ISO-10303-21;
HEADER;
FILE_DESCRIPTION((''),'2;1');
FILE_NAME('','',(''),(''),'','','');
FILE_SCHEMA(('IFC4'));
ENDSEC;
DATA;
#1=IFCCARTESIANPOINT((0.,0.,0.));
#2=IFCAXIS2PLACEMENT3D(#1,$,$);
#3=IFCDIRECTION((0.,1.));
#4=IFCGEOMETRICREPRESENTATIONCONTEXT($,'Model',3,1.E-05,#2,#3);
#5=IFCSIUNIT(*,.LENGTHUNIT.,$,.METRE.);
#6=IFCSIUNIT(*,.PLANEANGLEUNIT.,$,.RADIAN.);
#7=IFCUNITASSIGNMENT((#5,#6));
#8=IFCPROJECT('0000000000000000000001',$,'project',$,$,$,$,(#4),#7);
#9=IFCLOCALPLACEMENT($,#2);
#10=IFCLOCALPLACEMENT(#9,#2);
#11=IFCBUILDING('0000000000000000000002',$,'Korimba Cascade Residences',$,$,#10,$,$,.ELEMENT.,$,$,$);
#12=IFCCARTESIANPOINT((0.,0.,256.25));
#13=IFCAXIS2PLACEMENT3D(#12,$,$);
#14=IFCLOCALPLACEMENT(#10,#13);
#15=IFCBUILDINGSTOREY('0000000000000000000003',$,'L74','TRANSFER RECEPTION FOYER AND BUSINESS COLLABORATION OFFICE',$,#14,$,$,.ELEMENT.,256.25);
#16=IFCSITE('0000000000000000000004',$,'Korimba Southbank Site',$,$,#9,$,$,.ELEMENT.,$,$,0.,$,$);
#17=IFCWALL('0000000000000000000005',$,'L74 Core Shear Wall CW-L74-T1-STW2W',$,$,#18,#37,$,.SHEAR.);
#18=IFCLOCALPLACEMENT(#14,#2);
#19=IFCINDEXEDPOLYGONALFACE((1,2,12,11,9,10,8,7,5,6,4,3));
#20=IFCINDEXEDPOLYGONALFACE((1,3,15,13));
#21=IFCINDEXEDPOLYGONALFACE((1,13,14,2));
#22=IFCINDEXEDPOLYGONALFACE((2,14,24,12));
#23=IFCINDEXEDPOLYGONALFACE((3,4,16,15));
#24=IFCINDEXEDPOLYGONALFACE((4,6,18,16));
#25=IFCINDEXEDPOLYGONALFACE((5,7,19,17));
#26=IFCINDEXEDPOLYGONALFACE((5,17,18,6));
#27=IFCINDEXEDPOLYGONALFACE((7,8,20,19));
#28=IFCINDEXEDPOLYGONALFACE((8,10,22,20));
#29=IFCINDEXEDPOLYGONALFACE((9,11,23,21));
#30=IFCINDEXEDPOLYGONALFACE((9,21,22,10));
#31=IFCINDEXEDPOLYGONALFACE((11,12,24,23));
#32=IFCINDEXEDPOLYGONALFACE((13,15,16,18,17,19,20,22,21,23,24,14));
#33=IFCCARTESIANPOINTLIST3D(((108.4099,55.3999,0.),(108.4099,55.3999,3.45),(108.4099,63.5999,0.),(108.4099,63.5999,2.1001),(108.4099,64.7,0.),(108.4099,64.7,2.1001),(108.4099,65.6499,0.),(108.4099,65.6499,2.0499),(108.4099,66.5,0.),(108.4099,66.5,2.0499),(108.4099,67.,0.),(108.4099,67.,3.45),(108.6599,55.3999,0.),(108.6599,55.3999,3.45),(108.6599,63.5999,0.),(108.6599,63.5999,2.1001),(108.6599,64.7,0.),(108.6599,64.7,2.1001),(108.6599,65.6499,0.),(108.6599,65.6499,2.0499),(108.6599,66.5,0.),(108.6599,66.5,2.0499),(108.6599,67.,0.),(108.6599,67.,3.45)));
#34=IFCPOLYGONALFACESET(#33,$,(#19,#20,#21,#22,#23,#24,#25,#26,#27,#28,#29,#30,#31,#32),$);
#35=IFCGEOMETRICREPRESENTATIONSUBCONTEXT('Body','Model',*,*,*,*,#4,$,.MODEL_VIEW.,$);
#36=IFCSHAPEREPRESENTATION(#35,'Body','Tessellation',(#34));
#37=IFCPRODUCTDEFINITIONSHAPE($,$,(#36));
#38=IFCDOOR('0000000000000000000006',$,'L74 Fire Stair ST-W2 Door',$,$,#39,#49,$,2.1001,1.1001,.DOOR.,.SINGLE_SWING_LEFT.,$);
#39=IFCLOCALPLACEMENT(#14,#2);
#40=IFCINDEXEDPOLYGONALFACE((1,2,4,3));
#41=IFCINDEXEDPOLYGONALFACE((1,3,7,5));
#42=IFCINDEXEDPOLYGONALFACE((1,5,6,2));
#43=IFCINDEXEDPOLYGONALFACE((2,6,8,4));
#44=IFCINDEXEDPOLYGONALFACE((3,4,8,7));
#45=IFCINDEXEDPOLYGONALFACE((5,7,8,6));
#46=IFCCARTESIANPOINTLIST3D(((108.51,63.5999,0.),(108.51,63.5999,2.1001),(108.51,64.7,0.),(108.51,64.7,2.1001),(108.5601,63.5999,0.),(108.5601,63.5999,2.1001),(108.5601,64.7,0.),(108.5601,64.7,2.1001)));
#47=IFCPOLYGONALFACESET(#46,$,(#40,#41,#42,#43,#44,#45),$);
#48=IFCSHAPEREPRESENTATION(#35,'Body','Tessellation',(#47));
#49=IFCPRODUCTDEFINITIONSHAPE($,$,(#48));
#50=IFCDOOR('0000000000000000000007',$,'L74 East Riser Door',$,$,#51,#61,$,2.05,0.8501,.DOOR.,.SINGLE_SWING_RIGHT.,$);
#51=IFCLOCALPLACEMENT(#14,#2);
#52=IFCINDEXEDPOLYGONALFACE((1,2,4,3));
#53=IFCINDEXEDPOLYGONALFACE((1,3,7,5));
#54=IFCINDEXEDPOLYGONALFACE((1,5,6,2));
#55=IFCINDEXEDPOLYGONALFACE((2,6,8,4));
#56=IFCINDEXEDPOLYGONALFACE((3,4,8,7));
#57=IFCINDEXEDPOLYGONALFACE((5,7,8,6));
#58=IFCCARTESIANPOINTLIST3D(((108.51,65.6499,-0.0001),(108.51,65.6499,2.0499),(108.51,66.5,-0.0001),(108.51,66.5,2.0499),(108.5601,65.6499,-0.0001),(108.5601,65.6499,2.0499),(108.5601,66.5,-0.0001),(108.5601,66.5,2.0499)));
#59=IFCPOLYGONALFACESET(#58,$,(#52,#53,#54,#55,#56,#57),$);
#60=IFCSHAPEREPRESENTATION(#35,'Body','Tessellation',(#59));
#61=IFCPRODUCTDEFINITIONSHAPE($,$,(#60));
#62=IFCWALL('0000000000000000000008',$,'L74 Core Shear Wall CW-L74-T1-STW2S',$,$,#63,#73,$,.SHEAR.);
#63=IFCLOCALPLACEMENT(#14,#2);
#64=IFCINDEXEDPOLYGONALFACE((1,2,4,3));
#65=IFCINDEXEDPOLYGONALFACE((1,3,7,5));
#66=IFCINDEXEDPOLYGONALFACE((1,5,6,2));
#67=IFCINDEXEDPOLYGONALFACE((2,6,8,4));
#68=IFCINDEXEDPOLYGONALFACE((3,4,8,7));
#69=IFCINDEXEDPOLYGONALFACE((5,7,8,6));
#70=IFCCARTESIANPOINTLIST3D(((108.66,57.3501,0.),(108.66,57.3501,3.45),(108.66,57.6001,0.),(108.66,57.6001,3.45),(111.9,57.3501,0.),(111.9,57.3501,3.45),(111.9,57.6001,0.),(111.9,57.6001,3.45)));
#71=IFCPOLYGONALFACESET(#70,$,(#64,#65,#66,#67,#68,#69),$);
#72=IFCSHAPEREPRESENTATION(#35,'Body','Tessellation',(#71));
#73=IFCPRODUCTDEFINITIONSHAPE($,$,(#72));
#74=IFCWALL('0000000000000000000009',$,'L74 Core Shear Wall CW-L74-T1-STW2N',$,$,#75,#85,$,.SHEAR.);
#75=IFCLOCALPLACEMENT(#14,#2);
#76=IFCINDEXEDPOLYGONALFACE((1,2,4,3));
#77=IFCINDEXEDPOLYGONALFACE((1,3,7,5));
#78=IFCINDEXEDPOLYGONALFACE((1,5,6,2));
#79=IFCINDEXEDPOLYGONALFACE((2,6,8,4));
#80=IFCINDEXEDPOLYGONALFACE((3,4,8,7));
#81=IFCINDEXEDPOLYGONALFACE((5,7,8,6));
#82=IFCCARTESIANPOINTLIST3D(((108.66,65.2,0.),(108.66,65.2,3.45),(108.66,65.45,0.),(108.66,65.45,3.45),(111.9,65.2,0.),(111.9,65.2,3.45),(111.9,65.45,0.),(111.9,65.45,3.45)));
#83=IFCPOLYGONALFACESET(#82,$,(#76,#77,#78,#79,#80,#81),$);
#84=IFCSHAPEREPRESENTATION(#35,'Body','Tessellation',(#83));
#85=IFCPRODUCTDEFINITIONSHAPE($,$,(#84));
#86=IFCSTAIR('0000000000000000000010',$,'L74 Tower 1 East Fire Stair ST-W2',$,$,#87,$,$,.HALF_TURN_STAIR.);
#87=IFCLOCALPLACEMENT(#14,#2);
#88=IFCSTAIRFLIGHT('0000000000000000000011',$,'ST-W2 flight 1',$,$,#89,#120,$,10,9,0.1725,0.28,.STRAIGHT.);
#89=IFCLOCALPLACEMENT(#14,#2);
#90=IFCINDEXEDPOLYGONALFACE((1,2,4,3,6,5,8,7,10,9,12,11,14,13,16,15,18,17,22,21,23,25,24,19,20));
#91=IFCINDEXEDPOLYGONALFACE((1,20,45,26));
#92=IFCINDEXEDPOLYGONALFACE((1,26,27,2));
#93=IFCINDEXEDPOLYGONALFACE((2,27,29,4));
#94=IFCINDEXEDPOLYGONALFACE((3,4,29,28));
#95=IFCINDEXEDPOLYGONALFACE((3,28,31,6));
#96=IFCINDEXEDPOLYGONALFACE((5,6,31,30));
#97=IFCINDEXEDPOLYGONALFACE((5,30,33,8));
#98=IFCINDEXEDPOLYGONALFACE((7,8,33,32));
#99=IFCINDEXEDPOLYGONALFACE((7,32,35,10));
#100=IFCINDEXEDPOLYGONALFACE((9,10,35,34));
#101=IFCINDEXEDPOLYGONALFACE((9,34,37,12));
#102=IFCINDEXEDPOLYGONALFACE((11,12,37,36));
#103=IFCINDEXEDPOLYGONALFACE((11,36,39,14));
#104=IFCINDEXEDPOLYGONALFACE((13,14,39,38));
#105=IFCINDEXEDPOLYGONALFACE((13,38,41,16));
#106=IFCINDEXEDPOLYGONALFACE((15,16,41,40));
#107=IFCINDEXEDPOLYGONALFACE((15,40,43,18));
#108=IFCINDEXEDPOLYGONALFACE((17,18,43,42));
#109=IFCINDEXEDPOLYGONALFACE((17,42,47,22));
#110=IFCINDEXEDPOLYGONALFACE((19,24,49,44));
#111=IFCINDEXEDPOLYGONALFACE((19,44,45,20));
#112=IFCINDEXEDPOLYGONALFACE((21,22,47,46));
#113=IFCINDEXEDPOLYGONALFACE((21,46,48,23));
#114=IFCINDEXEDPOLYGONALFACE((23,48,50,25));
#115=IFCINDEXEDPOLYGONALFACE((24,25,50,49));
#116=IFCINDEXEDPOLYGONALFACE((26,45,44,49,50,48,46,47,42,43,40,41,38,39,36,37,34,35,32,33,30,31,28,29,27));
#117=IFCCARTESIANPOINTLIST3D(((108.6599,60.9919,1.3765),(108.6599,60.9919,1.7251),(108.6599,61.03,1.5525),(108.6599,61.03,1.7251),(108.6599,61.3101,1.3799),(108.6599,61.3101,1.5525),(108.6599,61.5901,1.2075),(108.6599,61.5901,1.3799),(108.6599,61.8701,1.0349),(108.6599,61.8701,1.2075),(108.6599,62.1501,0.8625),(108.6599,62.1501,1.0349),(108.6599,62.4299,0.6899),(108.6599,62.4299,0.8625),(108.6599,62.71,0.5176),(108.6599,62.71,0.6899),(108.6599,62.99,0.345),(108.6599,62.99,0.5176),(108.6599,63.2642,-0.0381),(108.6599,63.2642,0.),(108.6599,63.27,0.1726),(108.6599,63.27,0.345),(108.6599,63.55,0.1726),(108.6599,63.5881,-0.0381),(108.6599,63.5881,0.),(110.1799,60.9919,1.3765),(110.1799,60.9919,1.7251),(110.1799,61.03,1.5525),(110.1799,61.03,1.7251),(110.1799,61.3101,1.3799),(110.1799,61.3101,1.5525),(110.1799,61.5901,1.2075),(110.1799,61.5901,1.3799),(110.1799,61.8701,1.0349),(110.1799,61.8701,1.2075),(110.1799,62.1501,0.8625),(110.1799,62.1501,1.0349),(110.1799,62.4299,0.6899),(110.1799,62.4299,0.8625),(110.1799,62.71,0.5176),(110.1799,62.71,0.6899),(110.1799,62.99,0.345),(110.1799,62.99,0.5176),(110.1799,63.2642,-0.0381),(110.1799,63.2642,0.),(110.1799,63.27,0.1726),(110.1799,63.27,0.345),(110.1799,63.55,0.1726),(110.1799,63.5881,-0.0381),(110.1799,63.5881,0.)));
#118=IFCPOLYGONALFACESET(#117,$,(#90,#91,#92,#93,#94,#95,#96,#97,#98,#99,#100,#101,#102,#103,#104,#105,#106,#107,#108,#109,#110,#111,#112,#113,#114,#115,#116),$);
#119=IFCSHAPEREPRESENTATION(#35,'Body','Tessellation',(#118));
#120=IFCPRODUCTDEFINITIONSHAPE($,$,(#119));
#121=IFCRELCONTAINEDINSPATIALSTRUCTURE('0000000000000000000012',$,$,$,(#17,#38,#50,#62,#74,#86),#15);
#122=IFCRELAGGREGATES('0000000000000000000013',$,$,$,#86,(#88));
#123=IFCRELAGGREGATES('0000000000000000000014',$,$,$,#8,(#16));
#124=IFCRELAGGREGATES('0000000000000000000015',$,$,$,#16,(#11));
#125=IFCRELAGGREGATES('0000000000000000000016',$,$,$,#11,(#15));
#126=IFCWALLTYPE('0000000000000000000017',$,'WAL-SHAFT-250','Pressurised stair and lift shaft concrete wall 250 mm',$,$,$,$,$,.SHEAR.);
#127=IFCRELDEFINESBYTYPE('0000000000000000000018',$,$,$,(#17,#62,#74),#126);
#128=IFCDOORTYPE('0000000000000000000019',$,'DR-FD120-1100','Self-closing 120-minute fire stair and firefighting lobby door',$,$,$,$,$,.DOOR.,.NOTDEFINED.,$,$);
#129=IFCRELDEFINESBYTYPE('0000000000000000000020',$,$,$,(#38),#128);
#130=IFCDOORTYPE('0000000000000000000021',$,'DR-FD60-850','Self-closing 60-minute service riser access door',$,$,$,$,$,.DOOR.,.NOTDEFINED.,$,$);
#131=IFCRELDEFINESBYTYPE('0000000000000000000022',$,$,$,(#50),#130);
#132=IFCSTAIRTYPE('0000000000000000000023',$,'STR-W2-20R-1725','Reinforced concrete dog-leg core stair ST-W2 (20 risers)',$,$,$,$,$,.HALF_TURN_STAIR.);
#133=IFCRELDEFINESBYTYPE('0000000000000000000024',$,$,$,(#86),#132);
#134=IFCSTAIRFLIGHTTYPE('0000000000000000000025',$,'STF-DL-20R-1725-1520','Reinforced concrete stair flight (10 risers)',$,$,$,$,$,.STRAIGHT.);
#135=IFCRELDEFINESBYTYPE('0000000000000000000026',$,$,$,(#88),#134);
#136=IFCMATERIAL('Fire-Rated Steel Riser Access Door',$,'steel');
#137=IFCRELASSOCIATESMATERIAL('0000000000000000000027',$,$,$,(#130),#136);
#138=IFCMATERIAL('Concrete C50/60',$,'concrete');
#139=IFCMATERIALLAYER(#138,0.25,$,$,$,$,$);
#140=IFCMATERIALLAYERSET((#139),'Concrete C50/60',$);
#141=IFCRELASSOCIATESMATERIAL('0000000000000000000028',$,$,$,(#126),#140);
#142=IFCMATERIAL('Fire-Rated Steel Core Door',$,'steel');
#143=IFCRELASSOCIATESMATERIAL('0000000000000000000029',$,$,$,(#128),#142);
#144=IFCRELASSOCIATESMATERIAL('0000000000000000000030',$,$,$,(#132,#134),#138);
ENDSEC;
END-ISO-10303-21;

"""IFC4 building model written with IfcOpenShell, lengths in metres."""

from ifc_helpers import new_model, si_unit, direction, frame, frame_2d, origin, place, context, subcontext, project, spatial, polyline, rectangle, outline, extrude, material, layer, layer_set, type_object, element, fill, aggregate, save


model = new_model("IFC4")

# Units and contexts
model_context = context("Model", 3, precision=1e-05, world=origin(), true_north=direction((0.0, 1.0)))
body_context = subcontext(model_context, "Body", "Model", "MODEL_VIEW")
ifc_project = project(units=[si_unit("LENGTHUNIT", "METRE"), si_unit("PLANEANGLEUNIT", "RADIAN")], contexts=[model_context])

# Site, building, storey
site_placement = place(None, origin())
site = spatial("IfcSite", under=ifc_project, at=site_placement, Name="Korimba Southbank Site", CompositionType="ELEMENT", RefElevation=0.0)
building_placement = place(site_placement, origin())
building = spatial("IfcBuilding", under=site, at=building_placement, Name="Korimba Cascade Residences", CompositionType="ELEMENT")
storey_placement = place(building_placement, frame((0.0, 0.0, 256.25)))
storey = spatial("IfcBuildingStorey", under=building, at=storey_placement, Name="L74", Description="TRANSFER RECEPTION FOYER AND BUSINESS COLLABORATION OFFICE", CompositionType="ELEMENT", Elevation=256.25)

# Shared definitions
ifc_material_1 = material(Name="Concrete C50/60", Category="concrete")

# Shared definitions
ifc_material_2 = material(Name="Fire-Rated Steel Riser Access Door", Category="steel")
door_type_1 = type_object("IfcDoorType", Name="DR-FD60-850", Description="Self-closing 60-minute service riser access door", OperationType="NOTDEFINED", PredefinedType="DOOR", material=ifc_material_2)

# Shared definitions
ifc_layer_1 = layer(ifc_material_1, 0.25)
ifc_layer_set_1 = layer_set([ifc_layer_1], Name="Concrete C50/60")
wall_type_1 = type_object("IfcWallType", Name="WAL-SHAFT-250", Description="Pressurised stair and lift shaft concrete wall 250 mm", PredefinedType="SHEAR", material=ifc_layer_set_1)

# Shared definitions
ifc_material_3 = material(Name="Fire-Rated Steel Core Door", Category="steel")
door_type_2 = type_object("IfcDoorType", Name="DR-FD120-1100", Description="Self-closing 120-minute fire stair and firefighting lobby door", OperationType="NOTDEFINED", PredefinedType="DOOR", material=ifc_material_3)

# Wall, openings, doors
wall_1_placement = place(storey_placement, frame((108.5349, 55.3999, 0.0), z_axis=(0.0, 0.0, 1.0), x_axis=(0.0, 1.0, 0.0)))
wall_1 = element("IfcWall", 1, at=wall_1_placement, inside=storey, type_object=wall_type_1, Name="L74 Core Shear Wall CW-L74-T1-STW2W", PredefinedType="SHEAR", context=body_context, shape_type="SweptSolid", body=[
    extrude(rectangle(XDim=11.6001, YDim=0.25, at=frame_2d((5.8, 0.0))), origin(), (0.0, 0.0, 1.0), 3.45),
])
opening_1_placement = place(wall_1_placement, frame((8.2, 0.0, 0.0)))
opening_1 = element("IfcOpeningElement", 2, at=opening_1_placement, cuts=wall_1, PredefinedType="OPENING", context=body_context, shape_type="SweptSolid", body=[
    extrude(rectangle(XDim=1.1001, YDim=2.1001, at=frame_2d((0.55, 1.05))), frame((0.0, 0.135, 0.0), z_axis=(0.0, -1.0, 0.0), x_axis=(1.0, 0.0, 0.0)), (0.0, 0.0, 1.0), 0.27),
])
opening_2_placement = place(wall_1_placement, frame((10.25, 0.0, 0.0)))
opening_2 = element("IfcOpeningElement", 3, at=opening_2_placement, cuts=wall_1, PredefinedType="OPENING", context=body_context, shape_type="SweptSolid", body=[
    extrude(rectangle(XDim=0.8501, YDim=2.05, at=frame_2d((0.425, 1.0249))), frame((0.0, 0.135, 0.0), z_axis=(0.0, -1.0, 0.0), x_axis=(1.0, 0.0, 0.0)), (0.0, 0.0, 1.0), 0.27),
])
door_1_placement = place(opening_1_placement, origin())
door_1 = element("IfcDoor", 4, at=door_1_placement, inside=storey, type_object=door_type_2, Name="L74 Fire Stair ST-W2 Door", OperationType="SINGLE_SWING_LEFT", OverallHeight=2.1001, OverallWidth=1.1001, PredefinedType="DOOR", context=body_context, shape_type="SweptSolid", body=[
    extrude(rectangle(XDim=1.1001, YDim=2.1001, at=frame_2d((0.55, 1.05))), frame((0.0, 0.0249, 0.0), z_axis=(0.0, -1.0, 0.0), x_axis=(1.0, 0.0, 0.0)), (0.0, 0.0, 1.0), 0.05),
])
fill(opening_1, door_1)
door_2_placement = place(opening_2_placement, origin())
door_2 = element("IfcDoor", 5, at=door_2_placement, inside=storey, type_object=door_type_1, Name="L74 East Riser Door", OperationType="SINGLE_SWING_RIGHT", OverallHeight=2.05, OverallWidth=0.8501, PredefinedType="DOOR", context=body_context, shape_type="SweptSolid", body=[
    extrude(rectangle(XDim=0.8501, YDim=2.05, at=frame_2d((0.425, 1.0249))), frame((0.0, 0.0249, 0.0), z_axis=(0.0, -1.0, 0.0), x_axis=(1.0, 0.0, 0.0)), (0.0, 0.0, 1.0), 0.05),
])
fill(opening_2, door_2)

# Walls
for number, where, z_axis, x_axis, name in (
    (6, (108.6599, 57.4751, 0.0), (0.0, 0.0, 1.0), (1.0, 0.0, 0.0), "L74 Core Shear Wall CW-L74-T1-STW2S"),
    (7, (108.6599, 65.325, 0.0), (0.0, 0.0, 1.0), (1.0, 0.0, 0.0), "L74 Core Shear Wall CW-L74-T1-STW2N"),
):
    element("IfcWall", number, at=place(storey_placement, frame(where, z_axis=z_axis, x_axis=x_axis)), inside=storey, type_object=wall_type_1, Name=name, PredefinedType="SHEAR", context=body_context, shape_type="SweptSolid", body=[
        extrude(rectangle(XDim=3.24, YDim=0.25, at=frame_2d((1.6201, 0.0))), origin(), (0.0, 0.0, 1.0), 3.45),
    ])

# Stair, stair flight
stair_type = type_object("IfcStairType", Name="STR-W2-20R-1725", Description="Reinforced concrete dog-leg core stair ST-W2 (20 risers)", PredefinedType="HALF_TURN_STAIR", material=ifc_material_1)
stair_placement = place(storey_placement, origin())
stair = element("IfcStair", 8, at=stair_placement, inside=storey, type_object=stair_type, Name="L74 Tower 1 East Fire Stair ST-W2", PredefinedType="HALF_TURN_STAIR")
stair_flight_type = type_object("IfcStairFlightType", Name="STF-DL-20R-1725-1520", Description="Reinforced concrete stair flight (10 risers)", PredefinedType="STRAIGHT", material=ifc_material_1)
stair_flight_placement = place(storey_placement, frame((109.4199, 63.55, 0.0), z_axis=(0.0, 0.0, 1.0), x_axis=(0.0, -1.0, 0.0)))
stair_flight = element("IfcStairFlight", 9, at=stair_flight_placement, type_object=stair_flight_type, Name="ST-W2 flight 1", NumberOfRisers=10, NumberOfTreads=9, PredefinedType="STRAIGHT", RiserHeight=0.1725, TreadLength=0.28, context=body_context, shape_type="SweptSolid", body=[
    extrude(outline(polyline([(-0.0381, 0.0), (0.0, 0.1726), (0.28, 0.1726), (0.28, 0.345), (0.5601, 0.345), (0.5601, 0.5176), (0.8401, 0.5176), (0.8401, 0.6899), (1.1201, 0.6899), (1.1201, 0.8625), (1.3999, 0.8625), (1.3999, 1.0349), (1.6799, 1.0349), (1.6799, 1.2075), (1.96, 1.2075), (1.96, 1.3799), (2.24, 1.3799), (2.24, 1.5525), (2.52, 1.5525), (2.52, 1.7251), (2.5581, 1.7251), (2.5581, 1.3765), (0.2859, 0.0), (0.2859, -0.0381), (-0.0381, -0.0381), (-0.0381, 0.0)])), frame((0.0, 0.76, 0.0), z_axis=(0.0, -1.0, 0.0), x_axis=(1.0, 0.0, 0.0)), (0.0, 0.0, 1.0), 1.52),
])
aggregate(stair, [stair_flight])

save(model, "model.ifc")
